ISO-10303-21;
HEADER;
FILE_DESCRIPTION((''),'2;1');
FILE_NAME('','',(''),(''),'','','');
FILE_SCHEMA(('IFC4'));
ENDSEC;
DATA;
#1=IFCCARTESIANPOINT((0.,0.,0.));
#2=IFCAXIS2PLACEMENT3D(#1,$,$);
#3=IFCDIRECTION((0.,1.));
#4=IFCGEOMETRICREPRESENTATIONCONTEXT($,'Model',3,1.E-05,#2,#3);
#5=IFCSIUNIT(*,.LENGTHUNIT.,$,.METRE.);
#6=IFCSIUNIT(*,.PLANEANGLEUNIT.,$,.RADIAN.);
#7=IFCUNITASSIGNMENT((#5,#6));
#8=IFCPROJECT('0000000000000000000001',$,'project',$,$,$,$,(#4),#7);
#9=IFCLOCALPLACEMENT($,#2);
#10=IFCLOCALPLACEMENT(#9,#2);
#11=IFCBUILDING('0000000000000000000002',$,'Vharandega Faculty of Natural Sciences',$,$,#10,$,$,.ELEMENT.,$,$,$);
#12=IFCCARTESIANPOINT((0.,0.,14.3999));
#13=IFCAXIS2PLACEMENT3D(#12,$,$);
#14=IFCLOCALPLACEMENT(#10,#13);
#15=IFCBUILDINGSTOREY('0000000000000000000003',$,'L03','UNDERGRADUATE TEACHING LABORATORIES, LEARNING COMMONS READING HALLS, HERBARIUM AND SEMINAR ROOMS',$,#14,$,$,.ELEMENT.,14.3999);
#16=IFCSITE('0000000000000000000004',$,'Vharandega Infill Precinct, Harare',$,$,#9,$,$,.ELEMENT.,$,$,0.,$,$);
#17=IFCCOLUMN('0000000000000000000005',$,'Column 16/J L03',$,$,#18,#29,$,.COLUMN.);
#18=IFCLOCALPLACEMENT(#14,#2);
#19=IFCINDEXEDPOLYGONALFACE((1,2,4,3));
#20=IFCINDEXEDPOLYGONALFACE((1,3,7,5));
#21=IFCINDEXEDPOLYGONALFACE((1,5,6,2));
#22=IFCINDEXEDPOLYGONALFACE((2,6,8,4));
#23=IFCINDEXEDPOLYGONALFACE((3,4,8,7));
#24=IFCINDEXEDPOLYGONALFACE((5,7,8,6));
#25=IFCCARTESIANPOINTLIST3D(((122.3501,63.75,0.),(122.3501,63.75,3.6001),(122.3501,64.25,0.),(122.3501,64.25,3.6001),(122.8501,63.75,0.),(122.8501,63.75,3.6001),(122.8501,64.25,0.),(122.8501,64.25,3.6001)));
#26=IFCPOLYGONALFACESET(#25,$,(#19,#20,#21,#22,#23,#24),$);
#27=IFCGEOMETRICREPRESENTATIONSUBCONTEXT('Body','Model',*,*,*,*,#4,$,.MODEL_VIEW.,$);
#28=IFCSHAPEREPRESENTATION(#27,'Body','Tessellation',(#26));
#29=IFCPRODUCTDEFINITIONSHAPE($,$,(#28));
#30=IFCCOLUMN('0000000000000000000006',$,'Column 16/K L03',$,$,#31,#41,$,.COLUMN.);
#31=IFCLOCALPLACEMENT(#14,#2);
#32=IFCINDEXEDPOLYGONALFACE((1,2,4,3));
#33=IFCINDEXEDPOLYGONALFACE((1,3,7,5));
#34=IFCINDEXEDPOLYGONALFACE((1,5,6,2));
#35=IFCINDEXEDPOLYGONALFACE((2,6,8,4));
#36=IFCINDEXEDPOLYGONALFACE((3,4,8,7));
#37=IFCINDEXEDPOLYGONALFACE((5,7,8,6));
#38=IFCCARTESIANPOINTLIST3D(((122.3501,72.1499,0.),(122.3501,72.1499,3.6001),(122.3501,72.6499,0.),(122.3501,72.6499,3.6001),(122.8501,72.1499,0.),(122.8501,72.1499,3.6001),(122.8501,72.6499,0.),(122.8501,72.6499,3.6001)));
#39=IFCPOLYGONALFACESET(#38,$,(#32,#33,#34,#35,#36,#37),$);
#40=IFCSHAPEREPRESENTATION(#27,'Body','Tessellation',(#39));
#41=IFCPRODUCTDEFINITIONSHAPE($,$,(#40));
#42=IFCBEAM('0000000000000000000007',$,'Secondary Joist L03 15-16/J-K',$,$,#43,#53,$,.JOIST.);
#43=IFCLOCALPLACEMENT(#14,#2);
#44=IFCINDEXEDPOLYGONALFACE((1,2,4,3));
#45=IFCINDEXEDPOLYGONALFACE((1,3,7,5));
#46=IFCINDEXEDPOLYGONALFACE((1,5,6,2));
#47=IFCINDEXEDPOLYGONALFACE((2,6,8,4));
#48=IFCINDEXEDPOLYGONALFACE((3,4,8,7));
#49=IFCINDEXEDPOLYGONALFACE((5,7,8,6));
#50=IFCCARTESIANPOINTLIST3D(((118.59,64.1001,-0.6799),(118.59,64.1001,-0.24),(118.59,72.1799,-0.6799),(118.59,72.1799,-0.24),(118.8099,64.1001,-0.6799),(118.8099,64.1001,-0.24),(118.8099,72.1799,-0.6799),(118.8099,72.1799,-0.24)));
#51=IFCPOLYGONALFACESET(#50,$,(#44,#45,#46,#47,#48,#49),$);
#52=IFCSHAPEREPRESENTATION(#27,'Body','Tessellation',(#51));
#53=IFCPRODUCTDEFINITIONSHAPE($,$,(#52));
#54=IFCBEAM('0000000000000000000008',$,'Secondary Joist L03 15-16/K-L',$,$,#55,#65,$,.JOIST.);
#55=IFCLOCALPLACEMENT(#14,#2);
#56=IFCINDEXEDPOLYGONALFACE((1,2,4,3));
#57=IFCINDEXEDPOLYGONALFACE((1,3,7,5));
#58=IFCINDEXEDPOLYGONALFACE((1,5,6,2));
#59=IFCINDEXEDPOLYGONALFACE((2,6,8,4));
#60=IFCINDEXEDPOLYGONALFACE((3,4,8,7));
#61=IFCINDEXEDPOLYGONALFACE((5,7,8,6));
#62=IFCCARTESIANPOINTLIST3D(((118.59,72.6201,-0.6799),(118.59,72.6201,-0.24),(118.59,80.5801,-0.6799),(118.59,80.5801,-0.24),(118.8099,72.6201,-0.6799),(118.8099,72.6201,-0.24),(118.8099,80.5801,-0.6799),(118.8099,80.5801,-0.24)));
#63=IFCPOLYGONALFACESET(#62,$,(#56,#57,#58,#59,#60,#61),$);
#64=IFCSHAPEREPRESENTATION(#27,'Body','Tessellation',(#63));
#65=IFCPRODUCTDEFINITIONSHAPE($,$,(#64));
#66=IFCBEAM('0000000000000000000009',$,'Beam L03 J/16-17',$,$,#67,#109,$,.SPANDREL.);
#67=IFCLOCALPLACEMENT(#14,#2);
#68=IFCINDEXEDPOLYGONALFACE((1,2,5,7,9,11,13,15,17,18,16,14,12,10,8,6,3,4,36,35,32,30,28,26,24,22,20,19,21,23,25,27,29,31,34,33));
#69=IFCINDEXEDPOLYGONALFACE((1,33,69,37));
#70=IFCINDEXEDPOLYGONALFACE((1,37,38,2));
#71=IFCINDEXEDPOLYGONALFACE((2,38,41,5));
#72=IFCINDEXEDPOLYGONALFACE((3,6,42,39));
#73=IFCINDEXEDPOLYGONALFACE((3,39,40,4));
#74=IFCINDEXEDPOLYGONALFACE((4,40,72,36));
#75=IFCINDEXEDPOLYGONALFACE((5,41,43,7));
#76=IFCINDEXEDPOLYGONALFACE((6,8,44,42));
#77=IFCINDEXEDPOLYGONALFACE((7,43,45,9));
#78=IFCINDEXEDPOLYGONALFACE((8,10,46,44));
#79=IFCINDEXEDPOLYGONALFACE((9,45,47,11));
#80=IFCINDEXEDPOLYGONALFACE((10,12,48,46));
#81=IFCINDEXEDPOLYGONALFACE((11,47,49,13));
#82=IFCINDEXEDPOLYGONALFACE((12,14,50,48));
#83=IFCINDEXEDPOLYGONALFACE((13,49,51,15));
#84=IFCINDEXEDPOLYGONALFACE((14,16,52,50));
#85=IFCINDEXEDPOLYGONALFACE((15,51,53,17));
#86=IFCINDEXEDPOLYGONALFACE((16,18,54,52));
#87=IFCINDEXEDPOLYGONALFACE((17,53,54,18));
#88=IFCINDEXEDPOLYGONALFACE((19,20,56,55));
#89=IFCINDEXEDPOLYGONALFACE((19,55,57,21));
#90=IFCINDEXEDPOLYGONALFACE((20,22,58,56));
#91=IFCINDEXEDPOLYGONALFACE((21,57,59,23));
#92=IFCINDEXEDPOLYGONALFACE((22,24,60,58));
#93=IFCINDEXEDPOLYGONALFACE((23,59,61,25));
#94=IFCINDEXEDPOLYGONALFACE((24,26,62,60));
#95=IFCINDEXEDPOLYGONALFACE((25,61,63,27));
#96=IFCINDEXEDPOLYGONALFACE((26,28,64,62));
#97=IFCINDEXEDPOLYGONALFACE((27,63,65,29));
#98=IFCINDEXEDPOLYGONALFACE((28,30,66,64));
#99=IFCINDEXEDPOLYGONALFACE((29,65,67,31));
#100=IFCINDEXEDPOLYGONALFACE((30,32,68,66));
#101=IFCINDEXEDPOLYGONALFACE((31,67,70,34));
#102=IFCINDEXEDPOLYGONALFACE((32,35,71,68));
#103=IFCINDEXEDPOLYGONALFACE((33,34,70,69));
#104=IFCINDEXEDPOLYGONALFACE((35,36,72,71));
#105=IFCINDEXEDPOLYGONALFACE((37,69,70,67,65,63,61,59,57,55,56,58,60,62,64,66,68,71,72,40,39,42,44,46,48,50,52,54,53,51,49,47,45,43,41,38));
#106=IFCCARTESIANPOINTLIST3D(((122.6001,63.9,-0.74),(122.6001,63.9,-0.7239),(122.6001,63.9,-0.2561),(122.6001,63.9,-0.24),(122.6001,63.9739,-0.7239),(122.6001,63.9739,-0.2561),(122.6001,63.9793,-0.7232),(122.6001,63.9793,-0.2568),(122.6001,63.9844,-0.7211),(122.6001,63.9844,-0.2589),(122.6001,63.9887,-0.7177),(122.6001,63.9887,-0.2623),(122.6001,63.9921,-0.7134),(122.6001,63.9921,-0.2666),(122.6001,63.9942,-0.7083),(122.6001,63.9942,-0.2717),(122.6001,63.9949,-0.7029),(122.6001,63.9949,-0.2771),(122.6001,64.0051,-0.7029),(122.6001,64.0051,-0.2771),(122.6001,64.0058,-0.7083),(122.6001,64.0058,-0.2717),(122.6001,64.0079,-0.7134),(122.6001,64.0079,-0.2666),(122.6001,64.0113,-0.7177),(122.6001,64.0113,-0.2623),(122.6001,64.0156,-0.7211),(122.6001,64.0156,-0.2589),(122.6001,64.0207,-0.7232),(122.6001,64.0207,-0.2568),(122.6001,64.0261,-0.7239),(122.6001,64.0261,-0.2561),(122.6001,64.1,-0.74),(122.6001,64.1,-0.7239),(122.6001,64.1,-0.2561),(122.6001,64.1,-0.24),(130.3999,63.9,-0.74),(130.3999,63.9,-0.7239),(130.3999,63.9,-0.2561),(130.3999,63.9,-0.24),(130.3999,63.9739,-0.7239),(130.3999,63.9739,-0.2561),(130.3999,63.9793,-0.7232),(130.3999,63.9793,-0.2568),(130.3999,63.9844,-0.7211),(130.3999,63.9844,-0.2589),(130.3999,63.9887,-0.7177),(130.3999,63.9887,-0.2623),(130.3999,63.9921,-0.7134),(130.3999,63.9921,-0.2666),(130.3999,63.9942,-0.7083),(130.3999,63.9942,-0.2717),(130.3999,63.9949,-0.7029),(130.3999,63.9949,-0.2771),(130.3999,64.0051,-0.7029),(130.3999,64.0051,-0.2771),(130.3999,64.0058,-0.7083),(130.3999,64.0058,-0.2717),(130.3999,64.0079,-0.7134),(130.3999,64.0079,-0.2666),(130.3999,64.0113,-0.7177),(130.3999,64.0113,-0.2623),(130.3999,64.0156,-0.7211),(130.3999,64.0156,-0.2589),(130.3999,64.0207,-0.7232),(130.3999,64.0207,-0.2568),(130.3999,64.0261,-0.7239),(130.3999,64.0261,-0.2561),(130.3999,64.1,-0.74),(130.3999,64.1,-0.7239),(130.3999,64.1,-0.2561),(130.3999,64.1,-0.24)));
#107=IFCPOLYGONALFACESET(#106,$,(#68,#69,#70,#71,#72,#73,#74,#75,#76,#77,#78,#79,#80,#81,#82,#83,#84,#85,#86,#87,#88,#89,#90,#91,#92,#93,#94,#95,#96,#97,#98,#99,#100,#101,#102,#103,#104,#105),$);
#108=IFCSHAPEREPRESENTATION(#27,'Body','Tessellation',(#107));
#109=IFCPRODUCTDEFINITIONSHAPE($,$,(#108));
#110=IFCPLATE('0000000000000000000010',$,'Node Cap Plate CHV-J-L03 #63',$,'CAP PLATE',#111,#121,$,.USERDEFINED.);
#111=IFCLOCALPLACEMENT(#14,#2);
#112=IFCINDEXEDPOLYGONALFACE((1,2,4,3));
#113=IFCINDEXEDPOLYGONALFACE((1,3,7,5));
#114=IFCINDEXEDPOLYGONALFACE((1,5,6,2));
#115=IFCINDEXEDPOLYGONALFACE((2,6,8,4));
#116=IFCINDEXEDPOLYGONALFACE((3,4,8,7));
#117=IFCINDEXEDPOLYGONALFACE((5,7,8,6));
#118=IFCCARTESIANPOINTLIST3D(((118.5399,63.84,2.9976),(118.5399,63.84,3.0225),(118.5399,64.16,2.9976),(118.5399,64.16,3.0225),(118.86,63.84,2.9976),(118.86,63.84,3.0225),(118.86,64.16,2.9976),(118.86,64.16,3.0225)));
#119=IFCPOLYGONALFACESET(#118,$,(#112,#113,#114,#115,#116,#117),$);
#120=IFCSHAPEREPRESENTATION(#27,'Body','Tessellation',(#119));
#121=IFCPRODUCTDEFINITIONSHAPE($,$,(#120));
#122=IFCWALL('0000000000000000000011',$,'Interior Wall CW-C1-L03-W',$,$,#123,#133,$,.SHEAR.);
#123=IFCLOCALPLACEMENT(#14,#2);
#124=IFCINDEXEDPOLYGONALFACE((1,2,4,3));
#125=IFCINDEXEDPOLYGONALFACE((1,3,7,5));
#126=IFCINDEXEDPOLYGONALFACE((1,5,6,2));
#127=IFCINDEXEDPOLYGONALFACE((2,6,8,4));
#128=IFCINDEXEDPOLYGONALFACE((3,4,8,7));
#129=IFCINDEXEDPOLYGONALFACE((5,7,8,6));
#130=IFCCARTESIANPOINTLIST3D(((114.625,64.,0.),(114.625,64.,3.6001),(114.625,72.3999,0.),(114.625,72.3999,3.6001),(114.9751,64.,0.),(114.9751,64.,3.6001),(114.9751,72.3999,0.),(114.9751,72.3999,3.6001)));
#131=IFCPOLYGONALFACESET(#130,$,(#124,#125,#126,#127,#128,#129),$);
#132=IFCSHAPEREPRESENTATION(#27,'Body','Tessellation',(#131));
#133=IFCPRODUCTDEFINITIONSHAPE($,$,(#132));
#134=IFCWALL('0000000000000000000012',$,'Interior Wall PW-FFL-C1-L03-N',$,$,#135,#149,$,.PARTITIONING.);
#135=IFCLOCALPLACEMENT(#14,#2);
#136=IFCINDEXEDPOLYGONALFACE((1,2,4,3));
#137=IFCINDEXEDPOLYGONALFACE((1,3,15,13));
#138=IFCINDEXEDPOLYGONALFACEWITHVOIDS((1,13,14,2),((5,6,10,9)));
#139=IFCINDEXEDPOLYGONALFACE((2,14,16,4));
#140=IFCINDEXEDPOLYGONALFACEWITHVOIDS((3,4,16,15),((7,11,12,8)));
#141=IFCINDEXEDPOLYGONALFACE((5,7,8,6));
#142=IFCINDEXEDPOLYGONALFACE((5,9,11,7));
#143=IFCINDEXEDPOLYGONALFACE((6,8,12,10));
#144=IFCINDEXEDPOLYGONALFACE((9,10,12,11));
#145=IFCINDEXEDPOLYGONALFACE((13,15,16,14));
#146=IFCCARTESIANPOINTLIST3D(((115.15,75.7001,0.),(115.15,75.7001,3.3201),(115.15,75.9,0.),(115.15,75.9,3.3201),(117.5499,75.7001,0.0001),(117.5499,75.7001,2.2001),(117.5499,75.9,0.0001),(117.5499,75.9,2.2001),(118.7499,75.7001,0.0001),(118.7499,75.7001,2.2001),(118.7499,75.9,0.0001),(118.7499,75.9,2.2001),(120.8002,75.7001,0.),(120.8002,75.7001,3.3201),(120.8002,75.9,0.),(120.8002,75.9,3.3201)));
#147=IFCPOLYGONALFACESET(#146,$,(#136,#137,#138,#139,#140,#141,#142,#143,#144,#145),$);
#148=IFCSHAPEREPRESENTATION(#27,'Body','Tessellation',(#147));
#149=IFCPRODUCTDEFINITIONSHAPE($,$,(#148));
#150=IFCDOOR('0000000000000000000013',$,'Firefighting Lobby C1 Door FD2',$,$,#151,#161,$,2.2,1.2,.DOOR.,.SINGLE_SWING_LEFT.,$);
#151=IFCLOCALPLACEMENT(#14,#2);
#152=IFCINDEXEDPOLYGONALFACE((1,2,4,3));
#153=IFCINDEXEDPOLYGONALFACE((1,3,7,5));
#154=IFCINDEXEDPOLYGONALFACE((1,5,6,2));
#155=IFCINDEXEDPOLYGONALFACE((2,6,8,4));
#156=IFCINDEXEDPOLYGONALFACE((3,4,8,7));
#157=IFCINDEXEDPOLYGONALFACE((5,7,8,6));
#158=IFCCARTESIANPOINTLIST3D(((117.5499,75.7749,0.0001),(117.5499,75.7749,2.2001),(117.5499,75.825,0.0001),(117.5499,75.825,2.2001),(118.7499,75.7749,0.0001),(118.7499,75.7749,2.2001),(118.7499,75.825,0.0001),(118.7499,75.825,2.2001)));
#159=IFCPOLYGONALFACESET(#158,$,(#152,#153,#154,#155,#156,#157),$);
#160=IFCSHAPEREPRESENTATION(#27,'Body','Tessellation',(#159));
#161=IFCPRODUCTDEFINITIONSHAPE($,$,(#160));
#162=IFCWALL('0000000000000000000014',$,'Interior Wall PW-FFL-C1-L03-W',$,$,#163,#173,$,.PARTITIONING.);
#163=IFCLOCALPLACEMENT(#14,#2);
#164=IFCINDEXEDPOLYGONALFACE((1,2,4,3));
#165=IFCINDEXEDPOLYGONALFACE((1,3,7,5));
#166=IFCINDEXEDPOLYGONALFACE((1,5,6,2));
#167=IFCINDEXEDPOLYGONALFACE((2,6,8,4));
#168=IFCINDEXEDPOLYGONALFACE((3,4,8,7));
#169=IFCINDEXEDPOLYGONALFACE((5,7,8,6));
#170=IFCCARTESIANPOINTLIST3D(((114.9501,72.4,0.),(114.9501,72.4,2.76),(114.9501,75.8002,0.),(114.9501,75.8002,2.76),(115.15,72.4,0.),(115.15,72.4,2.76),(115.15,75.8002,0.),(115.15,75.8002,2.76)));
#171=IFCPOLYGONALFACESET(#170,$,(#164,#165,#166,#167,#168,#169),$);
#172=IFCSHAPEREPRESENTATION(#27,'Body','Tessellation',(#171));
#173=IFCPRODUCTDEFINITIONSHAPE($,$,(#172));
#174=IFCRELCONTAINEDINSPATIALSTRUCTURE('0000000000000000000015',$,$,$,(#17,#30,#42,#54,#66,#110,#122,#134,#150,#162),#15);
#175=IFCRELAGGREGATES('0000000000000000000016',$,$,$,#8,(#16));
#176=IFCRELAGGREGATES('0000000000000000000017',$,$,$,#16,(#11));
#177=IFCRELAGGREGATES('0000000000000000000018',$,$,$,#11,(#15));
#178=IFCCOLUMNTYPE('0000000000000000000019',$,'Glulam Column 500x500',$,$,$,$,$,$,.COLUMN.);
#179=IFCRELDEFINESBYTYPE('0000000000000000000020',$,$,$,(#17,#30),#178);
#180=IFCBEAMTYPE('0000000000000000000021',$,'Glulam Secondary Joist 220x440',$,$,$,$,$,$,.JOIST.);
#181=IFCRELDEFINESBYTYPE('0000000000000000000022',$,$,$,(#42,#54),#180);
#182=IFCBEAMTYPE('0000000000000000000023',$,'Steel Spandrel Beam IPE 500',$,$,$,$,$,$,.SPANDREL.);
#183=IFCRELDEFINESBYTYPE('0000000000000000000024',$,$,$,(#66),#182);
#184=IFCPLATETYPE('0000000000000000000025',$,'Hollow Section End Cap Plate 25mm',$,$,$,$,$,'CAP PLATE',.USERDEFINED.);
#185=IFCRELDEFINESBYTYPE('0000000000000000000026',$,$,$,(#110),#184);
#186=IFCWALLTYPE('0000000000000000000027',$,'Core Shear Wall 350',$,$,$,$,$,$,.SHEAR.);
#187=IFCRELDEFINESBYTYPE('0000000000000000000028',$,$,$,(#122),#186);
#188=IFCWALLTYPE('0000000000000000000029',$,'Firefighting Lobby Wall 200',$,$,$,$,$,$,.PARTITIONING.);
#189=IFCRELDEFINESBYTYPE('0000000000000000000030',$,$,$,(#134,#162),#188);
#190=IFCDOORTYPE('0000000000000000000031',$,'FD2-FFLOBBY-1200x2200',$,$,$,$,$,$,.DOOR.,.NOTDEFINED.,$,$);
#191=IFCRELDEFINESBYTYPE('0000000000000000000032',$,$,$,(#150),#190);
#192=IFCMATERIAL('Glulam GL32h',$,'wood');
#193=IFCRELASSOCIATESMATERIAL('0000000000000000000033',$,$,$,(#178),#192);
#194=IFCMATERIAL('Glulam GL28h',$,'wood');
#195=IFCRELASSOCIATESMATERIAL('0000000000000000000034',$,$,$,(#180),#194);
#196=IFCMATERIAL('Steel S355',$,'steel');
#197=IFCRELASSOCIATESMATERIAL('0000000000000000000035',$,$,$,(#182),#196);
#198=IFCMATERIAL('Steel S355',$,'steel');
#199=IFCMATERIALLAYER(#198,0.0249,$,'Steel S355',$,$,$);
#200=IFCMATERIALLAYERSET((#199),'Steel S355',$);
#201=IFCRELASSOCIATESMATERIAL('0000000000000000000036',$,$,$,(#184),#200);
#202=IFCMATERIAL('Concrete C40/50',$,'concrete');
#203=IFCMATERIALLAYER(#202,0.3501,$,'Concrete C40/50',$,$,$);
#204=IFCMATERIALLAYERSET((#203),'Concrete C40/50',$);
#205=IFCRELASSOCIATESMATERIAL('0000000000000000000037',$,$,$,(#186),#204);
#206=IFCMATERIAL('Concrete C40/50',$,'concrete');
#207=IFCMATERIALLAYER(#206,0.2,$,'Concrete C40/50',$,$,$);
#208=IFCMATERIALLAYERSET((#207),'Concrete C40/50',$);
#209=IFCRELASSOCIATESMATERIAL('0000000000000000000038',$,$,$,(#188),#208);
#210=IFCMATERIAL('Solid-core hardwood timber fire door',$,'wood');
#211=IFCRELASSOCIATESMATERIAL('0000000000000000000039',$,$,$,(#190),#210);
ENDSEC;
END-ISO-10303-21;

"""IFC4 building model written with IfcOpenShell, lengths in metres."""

from ifc_helpers import new_model, si_unit, direction, frame, frame_2d, origin, origin_2d, place, context, subcontext, project, spatial, rectangle, i_section, extrude, material, layer, layer_set, material_profile, profile_set, type_object, element, fill, save


model = new_model("IFC4")

# Units and contexts
model_context = context("Model", 3, precision=1e-05, world=origin(), true_north=direction((0.0, 1.0)))
body_context = subcontext(model_context, "Body", "Model", "MODEL_VIEW")
ifc_project = project(units=[si_unit("LENGTHUNIT", "METRE"), si_unit("PLANEANGLEUNIT", "RADIAN")], contexts=[model_context])

# Site, building, storey
site_placement = place(None, origin())
site = spatial("IfcSite", under=ifc_project, at=site_placement, Name="Vharandega Infill Precinct, Harare", CompositionType="ELEMENT", RefElevation=0.0)
building_placement = place(site_placement, origin())
building = spatial("IfcBuilding", under=site, at=building_placement, Name="Vharandega Faculty of Natural Sciences", CompositionType="ELEMENT")
storey_placement = place(building_placement, frame((0.0, 0.0, 14.3999)))
storey = spatial("IfcBuildingStorey", under=building, at=storey_placement, Name="L03", Description="UNDERGRADUATE TEACHING LABORATORIES, LEARNING COMMONS READING HALLS, HERBARIUM AND SEMINAR ROOMS", CompositionType="ELEMENT", Elevation=14.3999)

# Columns
ifc_material_1 = material(Name="Glulam GL32h", Category="wood")
ifc_material_profile_1 = material_profile(ifc_material_1, rectangle(XDim=0.5, YDim=0.5, at=origin_2d()), Name="GL32h 500x500")
ifc_profile_set_1 = profile_set([ifc_material_profile_1], Name="Glulam GL32h")
column_type = type_object("IfcColumnType", Name="Glulam Column 500x500", PredefinedType="COLUMN", material=ifc_profile_set_1)
for number, where, z_axis, x_axis, name in (
    (1, (122.6001, 64.0, 0.0), (0.0, 0.0, 1.0), (1.0, 0.0, 0.0), "Column 16/J L03"),
    (2, (122.6001, 72.3999, 0.0), (0.0, 0.0, 1.0), (1.0, 0.0, 0.0), "Column 16/K L03"),
):
    element("IfcColumn", number, at=place(storey_placement, frame(where, z_axis=z_axis, x_axis=x_axis)), inside=storey, type_object=column_type, Name=name, PredefinedType="COLUMN", context=body_context, shape_type="SweptSolid", body=[
        extrude(rectangle(XDim=0.5, YDim=0.5, at=origin_2d()), origin(), (0.0, 0.0, 1.0), 3.6001),
    ])

# Beams
ifc_material_2 = material(Name="Glulam GL28h", Category="wood")
ifc_material_profile_2 = material_profile(ifc_material_2, rectangle(XDim=0.22, YDim=0.4399, at=origin_2d()), Name="GL28h 220x440")
ifc_profile_set_2 = profile_set([ifc_material_profile_2], Name="Glulam GL28h")
beam_type_1 = type_object("IfcBeamType", Name="Glulam Secondary Joist 220x440", PredefinedType="JOIST", material=ifc_profile_set_2)
beam_1_placement = place(storey_placement, frame((118.7, 64.1001, -0.46), z_axis=(0.0, 1.0, 0.0), x_axis=(-1.0, 0.0, 0.0)))
element("IfcBeam", 3, at=beam_1_placement, inside=storey, type_object=beam_type_1, Name="Secondary Joist L03 15-16/J-K", PredefinedType="JOIST", context=body_context, shape_type="SweptSolid", body=[
    extrude(rectangle(XDim=0.22, YDim=0.4399, at=origin_2d()), origin(), (0.0, 0.0, 1.0), 8.0798),
])
beam_2_placement = place(storey_placement, frame((118.7, 72.6201, -0.46), z_axis=(0.0, 1.0, 0.0), x_axis=(-1.0, 0.0, 0.0)))
element("IfcBeam", 4, at=beam_2_placement, inside=storey, type_object=beam_type_1, Name="Secondary Joist L03 15-16/K-L", PredefinedType="JOIST", context=body_context, shape_type="SweptSolid", body=[
    extrude(rectangle(XDim=0.22, YDim=0.4399, at=origin_2d()), origin(), (0.0, 0.0, 1.0), 7.96),
])
ifc_material_3 = material(Name="Steel S355", Category="steel")
ifc_material_profile_3 = material_profile(ifc_material_3, i_section(OverallWidth=0.2, OverallDepth=0.5, WebThickness=0.0103, FlangeThickness=0.0161, FilletRadius=0.021, at=origin_2d()), Name="IPE 500")
ifc_profile_set_3 = profile_set([ifc_material_profile_3], Name="Steel S355")
beam_type_2 = type_object("IfcBeamType", Name="Steel Spandrel Beam IPE 500", PredefinedType="SPANDREL", material=ifc_profile_set_3)
beam_3_placement = place(storey_placement, frame((122.6001, 64.0, -0.49), z_axis=(1.0, 0.0, 0.0), x_axis=(0.0, 1.0, 0.0)))
element("IfcBeam", 5, at=beam_3_placement, inside=storey, type_object=beam_type_2, Name="Beam L03 J/16-17", PredefinedType="SPANDREL", context=body_context, shape_type="SweptSolid", body=[
    extrude(i_section(OverallWidth=0.2, OverallDepth=0.5, WebThickness=0.0103, FlangeThickness=0.0161, FilletRadius=0.021, at=origin_2d()), origin(), (0.0, 0.0, 1.0), 7.7998),
])

# Plate
ifc_material_4 = material(Name="Steel S355", Category="steel")
ifc_layer_1 = layer(ifc_material_4, 0.0249, Name="Steel S355")
ifc_layer_set_1 = layer_set([ifc_layer_1], Name="Steel S355")
plate_type = type_object("IfcPlateType", Name="Hollow Section End Cap Plate 25mm", ElementType="CAP PLATE", PredefinedType="USERDEFINED", material=ifc_layer_set_1)
plate_placement = place(storey_placement, frame((118.7, 64.0, 2.9976), z_axis=(0.0, 0.0, 1.0), x_axis=(1.0, 0.0, 0.0)))
element("IfcPlate", 6, at=plate_placement, inside=storey, type_object=plate_type, Name="Node Cap Plate CHV-J-L03 #63", ObjectType="CAP PLATE", PredefinedType="USERDEFINED", context=body_context, shape_type="SweptSolid", body=[
    extrude(rectangle(XDim=0.3201, YDim=0.3201, at=origin_2d()), origin(), (0.0, 0.0, 1.0), 0.0249),
])

# Wall
ifc_material_5 = material(Name="Concrete C40/50", Category="concrete")
ifc_layer_2 = layer(ifc_material_5, 0.3501, Name="Concrete C40/50")
ifc_layer_set_2 = layer_set([ifc_layer_2], Name="Concrete C40/50")
wall_type_1 = type_object("IfcWallType", Name="Core Shear Wall 350", PredefinedType="SHEAR", material=ifc_layer_set_2)
wall_1_placement = place(storey_placement, frame((114.8, 64.0, 0.0), z_axis=(0.0, 0.0, 1.0), x_axis=(0.0, 1.0, 0.0)))
element("IfcWall", 7, at=wall_1_placement, inside=storey, type_object=wall_type_1, Name="Interior Wall CW-C1-L03-W", PredefinedType="SHEAR", context=body_context, shape_type="SweptSolid", body=[
    extrude(rectangle(XDim=8.3999, YDim=0.3501, at=frame_2d((4.2, 0.0))), origin(), (0.0, 0.0, 1.0), 3.6001),
])

# Wall, opening, door
ifc_material_6 = material(Name="Concrete C40/50", Category="concrete")
ifc_layer_3 = layer(ifc_material_6, 0.2, Name="Concrete C40/50")
ifc_layer_set_3 = layer_set([ifc_layer_3], Name="Concrete C40/50")
wall_type_2 = type_object("IfcWallType", Name="Firefighting Lobby Wall 200", PredefinedType="PARTITIONING", material=ifc_layer_set_3)
wall_2_placement = place(storey_placement, frame((115.1499, 75.8, 0.0), z_axis=(0.0, 0.0, 1.0), x_axis=(1.0, 0.0, 0.0)))
wall_2 = element("IfcWall", 8, at=wall_2_placement, inside=storey, type_object=wall_type_2, Name="Interior Wall PW-FFL-C1-L03-N", PredefinedType="PARTITIONING", context=body_context, shape_type="SweptSolid", body=[
    extrude(rectangle(XDim=5.6501, YDim=0.2, at=frame_2d((2.8252, 0.0))), origin(), (0.0, 0.0, 1.0), 3.3201),
])
opening_1_placement = place(wall_2_placement, frame((2.3999, 0.0, 0.0)))
opening_1 = element("IfcOpeningElement", 9, at=opening_1_placement, cuts=wall_2, PredefinedType="OPENING", context=body_context, shape_type="SweptSolid", body=[
    extrude(rectangle(XDim=1.2, YDim=2.2, at=frame_2d((0.6001, 1.1001))), frame((0.0, 0.1099, 0.0), z_axis=(0.0, -1.0, 0.0), x_axis=(1.0, 0.0, 0.0)), (0.0, 0.0, 1.0), 0.22),
])
ifc_material_7 = material(Name="Solid-core hardwood timber fire door", Category="wood")
door_type_1 = type_object("IfcDoorType", Name="FD2-FFLOBBY-1200x2200", OperationType="NOTDEFINED", PredefinedType="DOOR", material=ifc_material_7)
door_1_placement = place(opening_1_placement, origin())
door_1 = element("IfcDoor", 10, at=door_1_placement, inside=storey, type_object=door_type_1, Name="Firefighting Lobby C1 Door FD2", OperationType="SINGLE_SWING_LEFT", OverallHeight=2.2, OverallWidth=1.2, PredefinedType="DOOR", context=body_context, shape_type="SweptSolid", body=[
    extrude(rectangle(XDim=1.2, YDim=2.2, at=frame_2d((0.6001, 1.1001))), frame((0.0, 0.0249, 0.0), z_axis=(0.0, -1.0, 0.0), x_axis=(1.0, 0.0, 0.0)), (0.0, 0.0, 1.0), 0.05),
])
fill(opening_1, door_1)

# Wall
wall_3_placement = place(storey_placement, frame((115.05, 72.3999, 0.0), z_axis=(0.0, 0.0, 1.0), x_axis=(0.0, 1.0, 0.0)))
element("IfcWall", 11, at=wall_3_placement, inside=storey, type_object=wall_type_2, Name="Interior Wall PW-FFL-C1-L03-W", PredefinedType="PARTITIONING", context=body_context, shape_type="SweptSolid", body=[
    extrude(rectangle(XDim=3.4001, YDim=0.2, at=frame_2d((1.7002, 0.0))), origin(), (0.0, 0.0, 1.0), 2.76),
])

save(model, "model.ifc")
